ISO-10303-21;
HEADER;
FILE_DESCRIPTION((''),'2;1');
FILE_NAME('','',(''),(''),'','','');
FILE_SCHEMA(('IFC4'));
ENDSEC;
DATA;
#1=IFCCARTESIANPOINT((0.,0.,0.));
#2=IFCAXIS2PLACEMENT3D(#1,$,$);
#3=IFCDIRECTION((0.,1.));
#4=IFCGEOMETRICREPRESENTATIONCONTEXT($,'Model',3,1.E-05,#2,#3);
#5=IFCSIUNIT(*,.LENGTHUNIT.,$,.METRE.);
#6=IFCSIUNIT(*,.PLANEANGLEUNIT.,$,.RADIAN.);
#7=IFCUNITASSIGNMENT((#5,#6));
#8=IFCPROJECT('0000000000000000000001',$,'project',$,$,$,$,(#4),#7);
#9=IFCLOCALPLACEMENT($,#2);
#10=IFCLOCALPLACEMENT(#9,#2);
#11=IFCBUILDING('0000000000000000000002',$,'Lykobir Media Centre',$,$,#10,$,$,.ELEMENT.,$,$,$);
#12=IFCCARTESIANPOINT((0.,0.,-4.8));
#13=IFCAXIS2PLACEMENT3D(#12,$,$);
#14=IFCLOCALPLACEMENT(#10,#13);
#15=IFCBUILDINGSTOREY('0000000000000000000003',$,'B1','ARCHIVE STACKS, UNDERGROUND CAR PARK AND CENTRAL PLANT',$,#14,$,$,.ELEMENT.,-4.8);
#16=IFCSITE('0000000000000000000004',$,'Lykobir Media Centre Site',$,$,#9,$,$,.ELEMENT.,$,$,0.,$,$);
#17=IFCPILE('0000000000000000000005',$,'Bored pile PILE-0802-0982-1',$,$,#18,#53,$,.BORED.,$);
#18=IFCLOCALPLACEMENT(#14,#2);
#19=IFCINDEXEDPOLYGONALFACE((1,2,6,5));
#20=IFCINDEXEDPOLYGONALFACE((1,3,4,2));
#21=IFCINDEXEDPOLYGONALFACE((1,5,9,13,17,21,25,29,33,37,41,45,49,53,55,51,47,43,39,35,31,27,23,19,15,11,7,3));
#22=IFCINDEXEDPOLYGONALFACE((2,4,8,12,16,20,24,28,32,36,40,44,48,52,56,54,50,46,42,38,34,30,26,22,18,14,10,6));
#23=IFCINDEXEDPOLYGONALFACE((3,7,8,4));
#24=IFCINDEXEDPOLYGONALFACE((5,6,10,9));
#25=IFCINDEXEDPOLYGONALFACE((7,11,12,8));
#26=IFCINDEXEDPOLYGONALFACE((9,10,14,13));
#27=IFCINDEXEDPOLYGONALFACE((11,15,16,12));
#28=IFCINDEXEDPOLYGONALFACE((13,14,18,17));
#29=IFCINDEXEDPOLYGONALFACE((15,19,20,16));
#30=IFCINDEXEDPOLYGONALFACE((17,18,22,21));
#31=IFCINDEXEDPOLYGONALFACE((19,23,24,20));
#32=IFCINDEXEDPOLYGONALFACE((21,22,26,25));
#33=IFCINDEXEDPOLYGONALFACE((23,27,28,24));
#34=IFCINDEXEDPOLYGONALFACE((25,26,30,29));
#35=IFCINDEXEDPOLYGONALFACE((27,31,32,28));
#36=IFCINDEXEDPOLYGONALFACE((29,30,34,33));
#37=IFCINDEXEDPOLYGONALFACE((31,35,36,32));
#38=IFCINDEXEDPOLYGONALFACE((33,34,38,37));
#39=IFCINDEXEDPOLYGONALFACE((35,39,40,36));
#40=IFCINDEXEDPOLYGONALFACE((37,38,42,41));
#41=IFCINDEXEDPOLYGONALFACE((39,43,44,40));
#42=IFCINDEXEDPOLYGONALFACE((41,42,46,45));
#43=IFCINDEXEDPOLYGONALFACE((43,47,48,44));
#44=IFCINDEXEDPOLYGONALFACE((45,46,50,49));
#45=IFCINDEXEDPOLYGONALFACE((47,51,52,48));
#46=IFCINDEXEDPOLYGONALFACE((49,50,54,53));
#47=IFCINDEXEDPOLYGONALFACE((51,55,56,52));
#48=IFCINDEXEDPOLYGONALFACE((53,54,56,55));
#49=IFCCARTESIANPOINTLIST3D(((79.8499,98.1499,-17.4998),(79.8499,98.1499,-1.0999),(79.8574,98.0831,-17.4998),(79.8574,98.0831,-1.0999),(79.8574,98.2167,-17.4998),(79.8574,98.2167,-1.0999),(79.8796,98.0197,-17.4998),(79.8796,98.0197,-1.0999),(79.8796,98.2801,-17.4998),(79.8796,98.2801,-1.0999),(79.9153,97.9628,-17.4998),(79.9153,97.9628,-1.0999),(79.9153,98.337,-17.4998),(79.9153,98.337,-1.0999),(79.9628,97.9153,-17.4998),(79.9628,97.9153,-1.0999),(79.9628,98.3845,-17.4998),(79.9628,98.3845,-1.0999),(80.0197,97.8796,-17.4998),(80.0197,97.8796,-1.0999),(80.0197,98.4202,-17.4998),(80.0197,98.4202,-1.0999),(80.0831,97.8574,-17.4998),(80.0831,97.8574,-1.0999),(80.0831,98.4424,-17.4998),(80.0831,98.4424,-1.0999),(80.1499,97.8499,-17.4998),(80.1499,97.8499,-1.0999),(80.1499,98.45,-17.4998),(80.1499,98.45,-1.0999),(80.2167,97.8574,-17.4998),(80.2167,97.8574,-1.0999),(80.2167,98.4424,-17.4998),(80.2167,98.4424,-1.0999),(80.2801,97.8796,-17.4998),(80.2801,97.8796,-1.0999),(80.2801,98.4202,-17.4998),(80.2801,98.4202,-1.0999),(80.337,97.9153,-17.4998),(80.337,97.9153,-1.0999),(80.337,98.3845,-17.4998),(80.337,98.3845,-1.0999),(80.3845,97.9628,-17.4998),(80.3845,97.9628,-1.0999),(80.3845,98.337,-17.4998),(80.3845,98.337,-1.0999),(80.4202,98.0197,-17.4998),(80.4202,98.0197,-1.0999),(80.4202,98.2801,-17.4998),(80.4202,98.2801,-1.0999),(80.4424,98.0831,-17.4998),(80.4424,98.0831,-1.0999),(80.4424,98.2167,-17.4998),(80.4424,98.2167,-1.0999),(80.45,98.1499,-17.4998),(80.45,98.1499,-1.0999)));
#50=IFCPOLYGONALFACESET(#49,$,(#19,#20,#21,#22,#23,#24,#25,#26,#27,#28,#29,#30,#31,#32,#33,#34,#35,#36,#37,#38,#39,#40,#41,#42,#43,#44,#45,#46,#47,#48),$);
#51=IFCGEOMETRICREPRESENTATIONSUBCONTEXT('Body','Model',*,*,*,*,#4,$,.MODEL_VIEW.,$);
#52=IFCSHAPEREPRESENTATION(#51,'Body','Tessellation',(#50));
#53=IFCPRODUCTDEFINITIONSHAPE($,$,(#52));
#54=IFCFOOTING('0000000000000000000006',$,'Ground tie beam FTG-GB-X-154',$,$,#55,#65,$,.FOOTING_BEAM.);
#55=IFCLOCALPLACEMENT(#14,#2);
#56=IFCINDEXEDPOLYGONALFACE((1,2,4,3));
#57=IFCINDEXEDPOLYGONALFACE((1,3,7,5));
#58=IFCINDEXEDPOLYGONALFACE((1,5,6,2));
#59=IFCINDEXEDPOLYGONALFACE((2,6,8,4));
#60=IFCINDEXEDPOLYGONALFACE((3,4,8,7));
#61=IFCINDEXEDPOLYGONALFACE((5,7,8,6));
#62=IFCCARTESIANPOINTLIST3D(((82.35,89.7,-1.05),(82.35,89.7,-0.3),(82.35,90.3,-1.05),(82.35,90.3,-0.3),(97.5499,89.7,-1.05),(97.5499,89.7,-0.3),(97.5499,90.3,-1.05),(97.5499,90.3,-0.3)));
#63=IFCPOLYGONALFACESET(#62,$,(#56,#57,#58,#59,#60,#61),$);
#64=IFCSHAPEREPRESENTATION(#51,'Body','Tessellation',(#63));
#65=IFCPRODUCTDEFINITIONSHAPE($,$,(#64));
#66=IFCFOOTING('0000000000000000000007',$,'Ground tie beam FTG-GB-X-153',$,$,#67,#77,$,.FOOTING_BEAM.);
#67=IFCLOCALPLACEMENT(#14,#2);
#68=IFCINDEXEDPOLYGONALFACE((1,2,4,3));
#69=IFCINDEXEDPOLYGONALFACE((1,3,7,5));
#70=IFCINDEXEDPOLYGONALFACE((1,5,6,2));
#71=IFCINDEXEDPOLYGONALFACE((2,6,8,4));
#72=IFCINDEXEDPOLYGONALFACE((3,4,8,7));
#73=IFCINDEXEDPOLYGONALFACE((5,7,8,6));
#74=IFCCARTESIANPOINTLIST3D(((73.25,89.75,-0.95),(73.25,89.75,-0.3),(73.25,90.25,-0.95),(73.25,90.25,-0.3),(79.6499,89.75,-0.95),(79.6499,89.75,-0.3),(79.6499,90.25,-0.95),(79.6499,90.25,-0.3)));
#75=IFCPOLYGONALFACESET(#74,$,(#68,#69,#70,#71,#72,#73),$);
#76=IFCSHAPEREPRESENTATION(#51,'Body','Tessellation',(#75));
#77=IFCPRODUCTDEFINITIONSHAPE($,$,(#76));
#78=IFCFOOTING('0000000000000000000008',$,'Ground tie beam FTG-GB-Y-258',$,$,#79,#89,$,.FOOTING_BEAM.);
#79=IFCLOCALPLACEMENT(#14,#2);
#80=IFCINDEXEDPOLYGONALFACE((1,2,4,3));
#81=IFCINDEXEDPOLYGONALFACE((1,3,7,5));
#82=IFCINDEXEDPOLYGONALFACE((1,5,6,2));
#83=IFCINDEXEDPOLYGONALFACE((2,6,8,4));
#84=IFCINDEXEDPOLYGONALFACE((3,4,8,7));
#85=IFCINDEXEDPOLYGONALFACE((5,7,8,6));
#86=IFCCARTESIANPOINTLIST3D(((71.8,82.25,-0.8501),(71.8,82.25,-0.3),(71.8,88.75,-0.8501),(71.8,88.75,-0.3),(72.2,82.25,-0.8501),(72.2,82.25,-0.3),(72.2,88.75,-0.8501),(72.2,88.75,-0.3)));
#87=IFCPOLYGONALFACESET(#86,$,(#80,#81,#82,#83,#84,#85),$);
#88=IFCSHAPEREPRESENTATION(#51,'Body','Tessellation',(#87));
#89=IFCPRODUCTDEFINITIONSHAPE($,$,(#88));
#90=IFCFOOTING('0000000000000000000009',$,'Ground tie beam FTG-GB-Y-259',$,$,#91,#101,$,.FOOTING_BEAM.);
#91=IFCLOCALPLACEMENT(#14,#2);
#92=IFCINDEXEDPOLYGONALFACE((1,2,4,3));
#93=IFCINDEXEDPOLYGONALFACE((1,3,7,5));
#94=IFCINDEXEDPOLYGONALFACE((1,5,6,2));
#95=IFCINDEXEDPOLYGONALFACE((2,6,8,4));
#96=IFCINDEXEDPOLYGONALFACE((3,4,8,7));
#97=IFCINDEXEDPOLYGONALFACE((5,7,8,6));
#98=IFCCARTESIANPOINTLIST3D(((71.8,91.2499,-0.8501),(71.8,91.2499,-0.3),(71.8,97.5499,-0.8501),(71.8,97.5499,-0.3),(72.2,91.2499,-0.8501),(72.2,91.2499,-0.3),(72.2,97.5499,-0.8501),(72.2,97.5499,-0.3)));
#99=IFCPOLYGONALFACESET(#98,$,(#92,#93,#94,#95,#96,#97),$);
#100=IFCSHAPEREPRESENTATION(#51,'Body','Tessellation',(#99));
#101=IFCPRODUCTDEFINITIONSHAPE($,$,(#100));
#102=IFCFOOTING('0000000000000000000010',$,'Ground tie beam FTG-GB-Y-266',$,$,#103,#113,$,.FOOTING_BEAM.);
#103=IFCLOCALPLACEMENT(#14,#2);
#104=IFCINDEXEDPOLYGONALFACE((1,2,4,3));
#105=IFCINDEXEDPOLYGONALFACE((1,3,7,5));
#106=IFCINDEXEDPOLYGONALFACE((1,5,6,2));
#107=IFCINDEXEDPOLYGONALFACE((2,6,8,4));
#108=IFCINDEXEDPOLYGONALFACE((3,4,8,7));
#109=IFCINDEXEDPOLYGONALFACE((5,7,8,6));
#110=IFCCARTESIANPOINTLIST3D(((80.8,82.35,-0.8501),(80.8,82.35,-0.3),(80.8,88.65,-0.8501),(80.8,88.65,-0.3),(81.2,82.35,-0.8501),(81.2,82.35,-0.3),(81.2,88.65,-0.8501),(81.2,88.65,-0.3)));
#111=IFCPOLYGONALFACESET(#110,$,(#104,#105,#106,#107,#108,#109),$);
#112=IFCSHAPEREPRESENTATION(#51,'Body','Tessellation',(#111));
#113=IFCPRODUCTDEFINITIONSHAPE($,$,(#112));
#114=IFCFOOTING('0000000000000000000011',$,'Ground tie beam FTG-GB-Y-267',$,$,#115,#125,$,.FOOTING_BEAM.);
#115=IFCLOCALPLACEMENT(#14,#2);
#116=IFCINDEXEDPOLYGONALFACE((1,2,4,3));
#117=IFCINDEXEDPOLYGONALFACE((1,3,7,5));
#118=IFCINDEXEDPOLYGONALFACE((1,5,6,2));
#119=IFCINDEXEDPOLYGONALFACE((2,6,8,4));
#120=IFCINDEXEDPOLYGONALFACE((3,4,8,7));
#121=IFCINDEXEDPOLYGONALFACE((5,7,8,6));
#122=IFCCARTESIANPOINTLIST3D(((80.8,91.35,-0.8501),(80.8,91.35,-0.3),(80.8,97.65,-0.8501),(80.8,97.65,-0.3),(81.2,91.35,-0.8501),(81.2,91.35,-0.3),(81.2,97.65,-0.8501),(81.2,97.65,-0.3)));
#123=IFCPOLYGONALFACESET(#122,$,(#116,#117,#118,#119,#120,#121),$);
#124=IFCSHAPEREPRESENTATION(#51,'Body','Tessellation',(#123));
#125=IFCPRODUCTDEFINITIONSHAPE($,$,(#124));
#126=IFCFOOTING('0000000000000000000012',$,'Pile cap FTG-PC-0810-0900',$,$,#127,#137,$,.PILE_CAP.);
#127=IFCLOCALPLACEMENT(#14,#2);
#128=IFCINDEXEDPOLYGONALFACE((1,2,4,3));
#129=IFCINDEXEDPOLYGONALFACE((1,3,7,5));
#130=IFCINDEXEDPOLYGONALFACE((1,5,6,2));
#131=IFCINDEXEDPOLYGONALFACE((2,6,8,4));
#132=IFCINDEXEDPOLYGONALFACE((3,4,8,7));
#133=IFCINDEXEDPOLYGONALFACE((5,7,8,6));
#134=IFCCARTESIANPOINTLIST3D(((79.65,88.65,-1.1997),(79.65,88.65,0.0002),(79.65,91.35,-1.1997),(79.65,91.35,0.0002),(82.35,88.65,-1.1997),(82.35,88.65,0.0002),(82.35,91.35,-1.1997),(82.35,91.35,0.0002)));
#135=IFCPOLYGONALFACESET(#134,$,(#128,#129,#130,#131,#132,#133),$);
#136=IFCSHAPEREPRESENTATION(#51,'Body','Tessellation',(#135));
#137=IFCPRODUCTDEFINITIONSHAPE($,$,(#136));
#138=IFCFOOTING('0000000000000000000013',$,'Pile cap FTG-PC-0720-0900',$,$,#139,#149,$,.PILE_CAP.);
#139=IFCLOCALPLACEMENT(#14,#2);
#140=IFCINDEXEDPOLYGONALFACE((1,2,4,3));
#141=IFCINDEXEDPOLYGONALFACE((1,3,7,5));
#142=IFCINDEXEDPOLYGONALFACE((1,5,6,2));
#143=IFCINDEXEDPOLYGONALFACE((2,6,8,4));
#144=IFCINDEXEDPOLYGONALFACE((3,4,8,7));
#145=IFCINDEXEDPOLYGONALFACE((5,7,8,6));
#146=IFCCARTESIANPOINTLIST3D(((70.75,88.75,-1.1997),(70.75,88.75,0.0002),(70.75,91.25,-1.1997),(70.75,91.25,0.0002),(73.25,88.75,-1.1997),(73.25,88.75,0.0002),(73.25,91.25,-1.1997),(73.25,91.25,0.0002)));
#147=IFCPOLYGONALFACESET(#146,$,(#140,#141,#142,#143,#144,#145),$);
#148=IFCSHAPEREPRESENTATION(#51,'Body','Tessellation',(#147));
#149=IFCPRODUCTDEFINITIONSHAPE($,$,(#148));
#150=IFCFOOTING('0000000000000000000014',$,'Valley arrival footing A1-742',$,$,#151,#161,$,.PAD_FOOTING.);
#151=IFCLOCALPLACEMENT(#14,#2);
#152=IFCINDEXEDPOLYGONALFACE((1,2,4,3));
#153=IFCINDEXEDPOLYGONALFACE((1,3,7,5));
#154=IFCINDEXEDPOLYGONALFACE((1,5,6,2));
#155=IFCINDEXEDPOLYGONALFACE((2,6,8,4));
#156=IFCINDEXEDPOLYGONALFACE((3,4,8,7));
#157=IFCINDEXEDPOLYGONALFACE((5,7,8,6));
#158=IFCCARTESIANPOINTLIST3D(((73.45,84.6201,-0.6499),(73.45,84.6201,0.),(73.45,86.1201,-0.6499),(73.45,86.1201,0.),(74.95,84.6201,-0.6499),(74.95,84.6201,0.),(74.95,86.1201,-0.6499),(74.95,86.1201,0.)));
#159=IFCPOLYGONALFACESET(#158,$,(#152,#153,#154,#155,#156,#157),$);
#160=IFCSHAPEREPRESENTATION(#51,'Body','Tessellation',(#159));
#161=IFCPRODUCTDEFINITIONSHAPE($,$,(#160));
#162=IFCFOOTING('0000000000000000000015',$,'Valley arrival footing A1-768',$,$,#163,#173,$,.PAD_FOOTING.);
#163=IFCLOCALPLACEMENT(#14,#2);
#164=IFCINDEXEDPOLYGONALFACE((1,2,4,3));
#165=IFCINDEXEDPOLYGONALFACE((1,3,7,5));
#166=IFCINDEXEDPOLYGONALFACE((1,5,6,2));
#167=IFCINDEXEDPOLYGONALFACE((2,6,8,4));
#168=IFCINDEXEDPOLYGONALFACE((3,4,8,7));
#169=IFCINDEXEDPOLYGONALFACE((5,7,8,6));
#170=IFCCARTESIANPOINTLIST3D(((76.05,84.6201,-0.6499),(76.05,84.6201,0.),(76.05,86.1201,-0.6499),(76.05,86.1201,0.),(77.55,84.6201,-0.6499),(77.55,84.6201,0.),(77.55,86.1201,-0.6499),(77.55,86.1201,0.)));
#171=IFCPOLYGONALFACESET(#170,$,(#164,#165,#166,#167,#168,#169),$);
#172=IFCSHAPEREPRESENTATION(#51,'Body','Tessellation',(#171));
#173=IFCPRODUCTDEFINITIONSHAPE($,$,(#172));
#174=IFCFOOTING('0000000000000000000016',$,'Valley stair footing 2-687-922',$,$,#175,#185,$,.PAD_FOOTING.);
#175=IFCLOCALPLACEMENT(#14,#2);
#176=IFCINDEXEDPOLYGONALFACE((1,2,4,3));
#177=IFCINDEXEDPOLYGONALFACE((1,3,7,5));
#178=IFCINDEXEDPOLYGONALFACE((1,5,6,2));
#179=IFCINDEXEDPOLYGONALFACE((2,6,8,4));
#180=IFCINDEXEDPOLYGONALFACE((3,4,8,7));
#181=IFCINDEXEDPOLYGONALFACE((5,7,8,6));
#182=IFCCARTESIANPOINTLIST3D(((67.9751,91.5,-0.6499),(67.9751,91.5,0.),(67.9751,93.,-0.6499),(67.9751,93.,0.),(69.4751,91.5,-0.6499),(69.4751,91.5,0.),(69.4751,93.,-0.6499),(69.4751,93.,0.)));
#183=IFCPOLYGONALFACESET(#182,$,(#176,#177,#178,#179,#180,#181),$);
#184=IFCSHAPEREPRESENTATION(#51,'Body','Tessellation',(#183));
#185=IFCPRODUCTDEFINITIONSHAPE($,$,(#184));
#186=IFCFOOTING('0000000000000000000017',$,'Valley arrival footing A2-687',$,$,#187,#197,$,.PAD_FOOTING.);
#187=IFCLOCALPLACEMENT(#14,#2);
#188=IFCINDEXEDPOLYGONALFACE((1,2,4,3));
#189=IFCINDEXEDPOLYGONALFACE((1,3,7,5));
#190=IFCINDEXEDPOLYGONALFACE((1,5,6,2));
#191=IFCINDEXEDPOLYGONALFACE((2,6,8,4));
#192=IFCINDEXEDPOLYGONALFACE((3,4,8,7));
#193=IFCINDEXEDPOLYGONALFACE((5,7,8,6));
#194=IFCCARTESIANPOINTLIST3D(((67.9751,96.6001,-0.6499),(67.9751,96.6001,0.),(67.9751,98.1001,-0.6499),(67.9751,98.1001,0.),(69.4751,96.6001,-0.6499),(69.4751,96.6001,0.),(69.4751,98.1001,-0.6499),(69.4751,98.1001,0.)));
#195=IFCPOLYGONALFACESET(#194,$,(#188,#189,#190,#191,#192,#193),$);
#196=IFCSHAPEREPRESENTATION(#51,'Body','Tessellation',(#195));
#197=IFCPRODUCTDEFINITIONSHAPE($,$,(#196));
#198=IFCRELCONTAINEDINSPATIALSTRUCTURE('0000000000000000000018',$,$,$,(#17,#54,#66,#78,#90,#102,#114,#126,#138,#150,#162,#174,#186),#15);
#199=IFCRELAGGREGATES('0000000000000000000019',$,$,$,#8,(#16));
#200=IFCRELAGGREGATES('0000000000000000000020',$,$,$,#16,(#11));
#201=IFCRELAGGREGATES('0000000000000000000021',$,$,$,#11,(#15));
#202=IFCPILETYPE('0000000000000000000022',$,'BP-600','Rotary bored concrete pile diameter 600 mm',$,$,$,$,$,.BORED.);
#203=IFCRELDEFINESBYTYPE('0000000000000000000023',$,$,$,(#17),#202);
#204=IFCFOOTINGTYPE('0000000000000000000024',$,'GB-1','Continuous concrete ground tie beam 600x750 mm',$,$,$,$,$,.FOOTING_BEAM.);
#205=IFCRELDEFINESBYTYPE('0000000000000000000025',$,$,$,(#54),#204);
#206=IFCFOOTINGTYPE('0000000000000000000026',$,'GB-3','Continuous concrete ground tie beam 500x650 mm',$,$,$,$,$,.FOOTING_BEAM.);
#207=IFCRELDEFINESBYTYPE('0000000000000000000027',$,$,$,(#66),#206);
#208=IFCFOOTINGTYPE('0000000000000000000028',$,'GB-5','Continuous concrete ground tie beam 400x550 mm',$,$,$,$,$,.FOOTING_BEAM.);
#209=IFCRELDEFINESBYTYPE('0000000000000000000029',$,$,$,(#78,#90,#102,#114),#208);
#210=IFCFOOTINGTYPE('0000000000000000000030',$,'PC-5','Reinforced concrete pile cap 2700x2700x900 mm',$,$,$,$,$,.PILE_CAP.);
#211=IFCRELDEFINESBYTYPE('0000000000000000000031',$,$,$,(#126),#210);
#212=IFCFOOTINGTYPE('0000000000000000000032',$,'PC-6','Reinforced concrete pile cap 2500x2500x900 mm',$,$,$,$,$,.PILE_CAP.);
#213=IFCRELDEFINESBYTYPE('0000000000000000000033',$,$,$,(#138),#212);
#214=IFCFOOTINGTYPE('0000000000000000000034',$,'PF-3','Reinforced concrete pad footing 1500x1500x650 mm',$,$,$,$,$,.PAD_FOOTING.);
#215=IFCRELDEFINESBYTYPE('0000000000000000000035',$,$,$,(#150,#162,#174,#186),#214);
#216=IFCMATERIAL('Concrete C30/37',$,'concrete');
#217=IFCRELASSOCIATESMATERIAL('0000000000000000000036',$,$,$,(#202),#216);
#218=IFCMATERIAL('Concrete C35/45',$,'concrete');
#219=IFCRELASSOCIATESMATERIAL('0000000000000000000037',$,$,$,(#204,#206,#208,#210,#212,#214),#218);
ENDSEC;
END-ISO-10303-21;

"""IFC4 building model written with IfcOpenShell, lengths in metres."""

from ifc_helpers import new_model, si_unit, direction, frame, origin, origin_2d, place, context, subcontext, project, spatial, rectangle, circle, extrude, material, material_profile, profile_set, type_object, element, save


model = new_model("IFC4")

# Units and contexts
model_context = context("Model", 3, precision=1e-05, world=origin(), true_north=direction((0.0, 1.0)))
body_context = subcontext(model_context, "Body", "Model", "MODEL_VIEW")
ifc_project = project(units=[si_unit("LENGTHUNIT", "METRE"), si_unit("PLANEANGLEUNIT", "RADIAN")], contexts=[model_context])

# Site, building, storey
site_placement = place(None, origin())
site = spatial("IfcSite", under=ifc_project, at=site_placement, Name="Lykobir Media Centre Site", CompositionType="ELEMENT", RefElevation=0.0)
building_placement = place(site_placement, origin())
building = spatial("IfcBuilding", under=site, at=building_placement, Name="Lykobir Media Centre", CompositionType="ELEMENT")
storey_placement = place(building_placement, frame((0.0, 0.0, -4.8)))
storey = spatial("IfcBuildingStorey", under=building, at=storey_placement, Name="B1", Description="ARCHIVE STACKS, UNDERGROUND CAR PARK AND CENTRAL PLANT", CompositionType="ELEMENT", Elevation=-4.8)

# Pile
ifc_material_1 = material(Name="Concrete C30/37", Category="concrete")
ifc_material_profile_1 = material_profile(ifc_material_1, circle(Radius=0.3, at=origin_2d()), Name="BORED PILE D600")
ifc_profile_set_1 = profile_set([ifc_material_profile_1], Name="Concrete C30/37")
pile_type = type_object("IfcPileType", Name="BP-600", Description="Rotary bored concrete pile diameter 600 mm", PredefinedType="BORED", material=ifc_profile_set_1)
for number, where, z_axis, x_axis, name in (
    (1, (80.1499, 98.1499, -1.0999), (0.0, 0.0, -1.0), (1.0, 0.0, 0.0), "Bored pile PILE-0802-0982-1"),
):
    element("IfcPile", number, at=place(storey_placement, frame(where, z_axis=z_axis, x_axis=x_axis)), inside=storey, type_object=pile_type, Name=name, PredefinedType="BORED", context=body_context, shape_type="SweptSolid", body=[
        extrude(circle(Radius=0.3, at=origin_2d()), origin(), (0.0, 0.0, 1.0), 16.3999),
    ])

# Footings
ifc_material_2 = material(Name="Concrete C35/45", Category="concrete")
footing_type_1 = type_object("IfcFootingType", Name="GB-1", Description="Continuous concrete ground tie beam 600x750 mm", PredefinedType="FOOTING_BEAM", material=ifc_material_2)
footing_1_placement = place(storey_placement, frame((89.95, 90.0, -1.05), z_axis=(0.0, 0.0, 1.0), x_axis=(1.0, 0.0, 0.0)))
element("IfcFooting", 2, at=footing_1_placement, inside=storey, type_object=footing_type_1, Name="Ground tie beam FTG-GB-X-154", PredefinedType="FOOTING_BEAM", context=body_context, shape_type="SweptSolid", body=[
    extrude(rectangle(XDim=15.2, YDim=0.6001, at=origin_2d()), origin(), (0.0, 0.0, 1.0), 0.75),
])
footing_type_2 = type_object("IfcFootingType", Name="GB-3", Description="Continuous concrete ground tie beam 500x650 mm", PredefinedType="FOOTING_BEAM", material=ifc_material_2)
footing_2_placement = place(storey_placement, frame((76.45, 90.0, -0.95), z_axis=(0.0, 0.0, 1.0), x_axis=(1.0, 0.0, 0.0)))
element("IfcFooting", 3, at=footing_2_placement, inside=storey, type_object=footing_type_2, Name="Ground tie beam FTG-GB-X-153", PredefinedType="FOOTING_BEAM", context=body_context, shape_type="SweptSolid", body=[
    extrude(rectangle(XDim=6.3999, YDim=0.5, at=origin_2d()), origin(), (0.0, 0.0, 1.0), 0.6499),
])
footing_type_3 = type_object("IfcFootingType", Name="GB-5", Description="Continuous concrete ground tie beam 400x550 mm", PredefinedType="FOOTING_BEAM", material=ifc_material_2)
footing_3_placement = place(storey_placement, frame((72.0, 85.5, -0.8501), z_axis=(0.0, 0.0, 1.0), x_axis=(0.0, 1.0, 0.0)))
element("IfcFooting", 4, at=footing_3_placement, inside=storey, type_object=footing_type_3, Name="Ground tie beam FTG-GB-Y-258", PredefinedType="FOOTING_BEAM", context=body_context, shape_type="SweptSolid", body=[
    extrude(rectangle(XDim=6.5, YDim=0.3999, at=origin_2d()), origin(), (0.0, 0.0, 1.0), 0.55),
])
for number, where, z_axis, x_axis, name in (
    (5, (72.0, 94.3999, -0.8501), (0.0, 0.0, 1.0), (0.0, 1.0, 0.0), "Ground tie beam FTG-GB-Y-259"),
    (6, (81.0, 85.5, -0.8501), (0.0, 0.0, 1.0), (0.0, 1.0, 0.0), "Ground tie beam FTG-GB-Y-266"),
    (7, (81.0, 94.5, -0.8501), (0.0, 0.0, 1.0), (0.0, 1.0, 0.0), "Ground tie beam FTG-GB-Y-267"),
):
    element("IfcFooting", number, at=place(storey_placement, frame(where, z_axis=z_axis, x_axis=x_axis)), inside=storey, type_object=footing_type_3, Name=name, PredefinedType="FOOTING_BEAM", context=body_context, shape_type="SweptSolid", body=[
        extrude(rectangle(XDim=6.3, YDim=0.3999, at=origin_2d()), origin(), (0.0, 0.0, 1.0), 0.55),
    ])
footing_type_4 = type_object("IfcFootingType", Name="PC-5", Description="Reinforced concrete pile cap 2700x2700x900 mm", PredefinedType="PILE_CAP", material=ifc_material_2)
footing_4_placement = place(storey_placement, frame((81.0, 90.0, -1.1997), z_axis=(0.0, 0.0, 1.0), x_axis=(1.0, 0.0, 0.0)))
element("IfcFooting", 8, at=footing_4_placement, inside=storey, type_object=footing_type_4, Name="Pile cap FTG-PC-0810-0900", PredefinedType="PILE_CAP", context=body_context, shape_type="SweptSolid", body=[
    extrude(rectangle(XDim=2.7, YDim=2.7, at=origin_2d()), origin(), (0.0, 0.0, 1.0), 1.2),
])
footing_type_5 = type_object("IfcFootingType", Name="PC-6", Description="Reinforced concrete pile cap 2500x2500x900 mm", PredefinedType="PILE_CAP", material=ifc_material_2)
footing_5_placement = place(storey_placement, frame((72.0, 90.0, -1.1997), z_axis=(0.0, 0.0, 1.0), x_axis=(1.0, 0.0, 0.0)))
element("IfcFooting", 9, at=footing_5_placement, inside=storey, type_object=footing_type_5, Name="Pile cap FTG-PC-0720-0900", PredefinedType="PILE_CAP", context=body_context, shape_type="SweptSolid", body=[
    extrude(rectangle(XDim=2.5, YDim=2.5, at=origin_2d()), origin(), (0.0, 0.0, 1.0), 1.2),
])
footing_type_6 = type_object("IfcFootingType", Name="PF-3", Description="Reinforced concrete pad footing 1500x1500x650 mm", PredefinedType="PAD_FOOTING", material=ifc_material_2)
for number, where, z_axis, x_axis, name in (
    (10, (74.2, 85.3701, -0.6499), (0.0, 0.0, 1.0), (1.0, 0.0, 0.0), "Valley arrival footing A1-742"),
    (11, (76.8, 85.3701, -0.6499), (0.0, 0.0, 1.0), (1.0, 0.0, 0.0), "Valley arrival footing A1-768"),
    (12, (68.7251, 92.25, -0.6499), (0.0, 0.0, 1.0), (1.0, 0.0, 0.0), "Valley stair footing 2-687-922"),
    (13, (68.7251, 97.3501, -0.6499), (0.0, 0.0, 1.0), (1.0, 0.0, 0.0), "Valley arrival footing A2-687"),
):
    element("IfcFooting", number, at=place(storey_placement, frame(where, z_axis=z_axis, x_axis=x_axis)), inside=storey, type_object=footing_type_6, Name=name, PredefinedType="PAD_FOOTING", context=body_context, shape_type="SweptSolid", body=[
        extrude(rectangle(XDim=1.5, YDim=1.5, at=origin_2d()), origin(), (0.0, 0.0, 1.0), 0.6499),
    ])

save(model, "model.ifc")
